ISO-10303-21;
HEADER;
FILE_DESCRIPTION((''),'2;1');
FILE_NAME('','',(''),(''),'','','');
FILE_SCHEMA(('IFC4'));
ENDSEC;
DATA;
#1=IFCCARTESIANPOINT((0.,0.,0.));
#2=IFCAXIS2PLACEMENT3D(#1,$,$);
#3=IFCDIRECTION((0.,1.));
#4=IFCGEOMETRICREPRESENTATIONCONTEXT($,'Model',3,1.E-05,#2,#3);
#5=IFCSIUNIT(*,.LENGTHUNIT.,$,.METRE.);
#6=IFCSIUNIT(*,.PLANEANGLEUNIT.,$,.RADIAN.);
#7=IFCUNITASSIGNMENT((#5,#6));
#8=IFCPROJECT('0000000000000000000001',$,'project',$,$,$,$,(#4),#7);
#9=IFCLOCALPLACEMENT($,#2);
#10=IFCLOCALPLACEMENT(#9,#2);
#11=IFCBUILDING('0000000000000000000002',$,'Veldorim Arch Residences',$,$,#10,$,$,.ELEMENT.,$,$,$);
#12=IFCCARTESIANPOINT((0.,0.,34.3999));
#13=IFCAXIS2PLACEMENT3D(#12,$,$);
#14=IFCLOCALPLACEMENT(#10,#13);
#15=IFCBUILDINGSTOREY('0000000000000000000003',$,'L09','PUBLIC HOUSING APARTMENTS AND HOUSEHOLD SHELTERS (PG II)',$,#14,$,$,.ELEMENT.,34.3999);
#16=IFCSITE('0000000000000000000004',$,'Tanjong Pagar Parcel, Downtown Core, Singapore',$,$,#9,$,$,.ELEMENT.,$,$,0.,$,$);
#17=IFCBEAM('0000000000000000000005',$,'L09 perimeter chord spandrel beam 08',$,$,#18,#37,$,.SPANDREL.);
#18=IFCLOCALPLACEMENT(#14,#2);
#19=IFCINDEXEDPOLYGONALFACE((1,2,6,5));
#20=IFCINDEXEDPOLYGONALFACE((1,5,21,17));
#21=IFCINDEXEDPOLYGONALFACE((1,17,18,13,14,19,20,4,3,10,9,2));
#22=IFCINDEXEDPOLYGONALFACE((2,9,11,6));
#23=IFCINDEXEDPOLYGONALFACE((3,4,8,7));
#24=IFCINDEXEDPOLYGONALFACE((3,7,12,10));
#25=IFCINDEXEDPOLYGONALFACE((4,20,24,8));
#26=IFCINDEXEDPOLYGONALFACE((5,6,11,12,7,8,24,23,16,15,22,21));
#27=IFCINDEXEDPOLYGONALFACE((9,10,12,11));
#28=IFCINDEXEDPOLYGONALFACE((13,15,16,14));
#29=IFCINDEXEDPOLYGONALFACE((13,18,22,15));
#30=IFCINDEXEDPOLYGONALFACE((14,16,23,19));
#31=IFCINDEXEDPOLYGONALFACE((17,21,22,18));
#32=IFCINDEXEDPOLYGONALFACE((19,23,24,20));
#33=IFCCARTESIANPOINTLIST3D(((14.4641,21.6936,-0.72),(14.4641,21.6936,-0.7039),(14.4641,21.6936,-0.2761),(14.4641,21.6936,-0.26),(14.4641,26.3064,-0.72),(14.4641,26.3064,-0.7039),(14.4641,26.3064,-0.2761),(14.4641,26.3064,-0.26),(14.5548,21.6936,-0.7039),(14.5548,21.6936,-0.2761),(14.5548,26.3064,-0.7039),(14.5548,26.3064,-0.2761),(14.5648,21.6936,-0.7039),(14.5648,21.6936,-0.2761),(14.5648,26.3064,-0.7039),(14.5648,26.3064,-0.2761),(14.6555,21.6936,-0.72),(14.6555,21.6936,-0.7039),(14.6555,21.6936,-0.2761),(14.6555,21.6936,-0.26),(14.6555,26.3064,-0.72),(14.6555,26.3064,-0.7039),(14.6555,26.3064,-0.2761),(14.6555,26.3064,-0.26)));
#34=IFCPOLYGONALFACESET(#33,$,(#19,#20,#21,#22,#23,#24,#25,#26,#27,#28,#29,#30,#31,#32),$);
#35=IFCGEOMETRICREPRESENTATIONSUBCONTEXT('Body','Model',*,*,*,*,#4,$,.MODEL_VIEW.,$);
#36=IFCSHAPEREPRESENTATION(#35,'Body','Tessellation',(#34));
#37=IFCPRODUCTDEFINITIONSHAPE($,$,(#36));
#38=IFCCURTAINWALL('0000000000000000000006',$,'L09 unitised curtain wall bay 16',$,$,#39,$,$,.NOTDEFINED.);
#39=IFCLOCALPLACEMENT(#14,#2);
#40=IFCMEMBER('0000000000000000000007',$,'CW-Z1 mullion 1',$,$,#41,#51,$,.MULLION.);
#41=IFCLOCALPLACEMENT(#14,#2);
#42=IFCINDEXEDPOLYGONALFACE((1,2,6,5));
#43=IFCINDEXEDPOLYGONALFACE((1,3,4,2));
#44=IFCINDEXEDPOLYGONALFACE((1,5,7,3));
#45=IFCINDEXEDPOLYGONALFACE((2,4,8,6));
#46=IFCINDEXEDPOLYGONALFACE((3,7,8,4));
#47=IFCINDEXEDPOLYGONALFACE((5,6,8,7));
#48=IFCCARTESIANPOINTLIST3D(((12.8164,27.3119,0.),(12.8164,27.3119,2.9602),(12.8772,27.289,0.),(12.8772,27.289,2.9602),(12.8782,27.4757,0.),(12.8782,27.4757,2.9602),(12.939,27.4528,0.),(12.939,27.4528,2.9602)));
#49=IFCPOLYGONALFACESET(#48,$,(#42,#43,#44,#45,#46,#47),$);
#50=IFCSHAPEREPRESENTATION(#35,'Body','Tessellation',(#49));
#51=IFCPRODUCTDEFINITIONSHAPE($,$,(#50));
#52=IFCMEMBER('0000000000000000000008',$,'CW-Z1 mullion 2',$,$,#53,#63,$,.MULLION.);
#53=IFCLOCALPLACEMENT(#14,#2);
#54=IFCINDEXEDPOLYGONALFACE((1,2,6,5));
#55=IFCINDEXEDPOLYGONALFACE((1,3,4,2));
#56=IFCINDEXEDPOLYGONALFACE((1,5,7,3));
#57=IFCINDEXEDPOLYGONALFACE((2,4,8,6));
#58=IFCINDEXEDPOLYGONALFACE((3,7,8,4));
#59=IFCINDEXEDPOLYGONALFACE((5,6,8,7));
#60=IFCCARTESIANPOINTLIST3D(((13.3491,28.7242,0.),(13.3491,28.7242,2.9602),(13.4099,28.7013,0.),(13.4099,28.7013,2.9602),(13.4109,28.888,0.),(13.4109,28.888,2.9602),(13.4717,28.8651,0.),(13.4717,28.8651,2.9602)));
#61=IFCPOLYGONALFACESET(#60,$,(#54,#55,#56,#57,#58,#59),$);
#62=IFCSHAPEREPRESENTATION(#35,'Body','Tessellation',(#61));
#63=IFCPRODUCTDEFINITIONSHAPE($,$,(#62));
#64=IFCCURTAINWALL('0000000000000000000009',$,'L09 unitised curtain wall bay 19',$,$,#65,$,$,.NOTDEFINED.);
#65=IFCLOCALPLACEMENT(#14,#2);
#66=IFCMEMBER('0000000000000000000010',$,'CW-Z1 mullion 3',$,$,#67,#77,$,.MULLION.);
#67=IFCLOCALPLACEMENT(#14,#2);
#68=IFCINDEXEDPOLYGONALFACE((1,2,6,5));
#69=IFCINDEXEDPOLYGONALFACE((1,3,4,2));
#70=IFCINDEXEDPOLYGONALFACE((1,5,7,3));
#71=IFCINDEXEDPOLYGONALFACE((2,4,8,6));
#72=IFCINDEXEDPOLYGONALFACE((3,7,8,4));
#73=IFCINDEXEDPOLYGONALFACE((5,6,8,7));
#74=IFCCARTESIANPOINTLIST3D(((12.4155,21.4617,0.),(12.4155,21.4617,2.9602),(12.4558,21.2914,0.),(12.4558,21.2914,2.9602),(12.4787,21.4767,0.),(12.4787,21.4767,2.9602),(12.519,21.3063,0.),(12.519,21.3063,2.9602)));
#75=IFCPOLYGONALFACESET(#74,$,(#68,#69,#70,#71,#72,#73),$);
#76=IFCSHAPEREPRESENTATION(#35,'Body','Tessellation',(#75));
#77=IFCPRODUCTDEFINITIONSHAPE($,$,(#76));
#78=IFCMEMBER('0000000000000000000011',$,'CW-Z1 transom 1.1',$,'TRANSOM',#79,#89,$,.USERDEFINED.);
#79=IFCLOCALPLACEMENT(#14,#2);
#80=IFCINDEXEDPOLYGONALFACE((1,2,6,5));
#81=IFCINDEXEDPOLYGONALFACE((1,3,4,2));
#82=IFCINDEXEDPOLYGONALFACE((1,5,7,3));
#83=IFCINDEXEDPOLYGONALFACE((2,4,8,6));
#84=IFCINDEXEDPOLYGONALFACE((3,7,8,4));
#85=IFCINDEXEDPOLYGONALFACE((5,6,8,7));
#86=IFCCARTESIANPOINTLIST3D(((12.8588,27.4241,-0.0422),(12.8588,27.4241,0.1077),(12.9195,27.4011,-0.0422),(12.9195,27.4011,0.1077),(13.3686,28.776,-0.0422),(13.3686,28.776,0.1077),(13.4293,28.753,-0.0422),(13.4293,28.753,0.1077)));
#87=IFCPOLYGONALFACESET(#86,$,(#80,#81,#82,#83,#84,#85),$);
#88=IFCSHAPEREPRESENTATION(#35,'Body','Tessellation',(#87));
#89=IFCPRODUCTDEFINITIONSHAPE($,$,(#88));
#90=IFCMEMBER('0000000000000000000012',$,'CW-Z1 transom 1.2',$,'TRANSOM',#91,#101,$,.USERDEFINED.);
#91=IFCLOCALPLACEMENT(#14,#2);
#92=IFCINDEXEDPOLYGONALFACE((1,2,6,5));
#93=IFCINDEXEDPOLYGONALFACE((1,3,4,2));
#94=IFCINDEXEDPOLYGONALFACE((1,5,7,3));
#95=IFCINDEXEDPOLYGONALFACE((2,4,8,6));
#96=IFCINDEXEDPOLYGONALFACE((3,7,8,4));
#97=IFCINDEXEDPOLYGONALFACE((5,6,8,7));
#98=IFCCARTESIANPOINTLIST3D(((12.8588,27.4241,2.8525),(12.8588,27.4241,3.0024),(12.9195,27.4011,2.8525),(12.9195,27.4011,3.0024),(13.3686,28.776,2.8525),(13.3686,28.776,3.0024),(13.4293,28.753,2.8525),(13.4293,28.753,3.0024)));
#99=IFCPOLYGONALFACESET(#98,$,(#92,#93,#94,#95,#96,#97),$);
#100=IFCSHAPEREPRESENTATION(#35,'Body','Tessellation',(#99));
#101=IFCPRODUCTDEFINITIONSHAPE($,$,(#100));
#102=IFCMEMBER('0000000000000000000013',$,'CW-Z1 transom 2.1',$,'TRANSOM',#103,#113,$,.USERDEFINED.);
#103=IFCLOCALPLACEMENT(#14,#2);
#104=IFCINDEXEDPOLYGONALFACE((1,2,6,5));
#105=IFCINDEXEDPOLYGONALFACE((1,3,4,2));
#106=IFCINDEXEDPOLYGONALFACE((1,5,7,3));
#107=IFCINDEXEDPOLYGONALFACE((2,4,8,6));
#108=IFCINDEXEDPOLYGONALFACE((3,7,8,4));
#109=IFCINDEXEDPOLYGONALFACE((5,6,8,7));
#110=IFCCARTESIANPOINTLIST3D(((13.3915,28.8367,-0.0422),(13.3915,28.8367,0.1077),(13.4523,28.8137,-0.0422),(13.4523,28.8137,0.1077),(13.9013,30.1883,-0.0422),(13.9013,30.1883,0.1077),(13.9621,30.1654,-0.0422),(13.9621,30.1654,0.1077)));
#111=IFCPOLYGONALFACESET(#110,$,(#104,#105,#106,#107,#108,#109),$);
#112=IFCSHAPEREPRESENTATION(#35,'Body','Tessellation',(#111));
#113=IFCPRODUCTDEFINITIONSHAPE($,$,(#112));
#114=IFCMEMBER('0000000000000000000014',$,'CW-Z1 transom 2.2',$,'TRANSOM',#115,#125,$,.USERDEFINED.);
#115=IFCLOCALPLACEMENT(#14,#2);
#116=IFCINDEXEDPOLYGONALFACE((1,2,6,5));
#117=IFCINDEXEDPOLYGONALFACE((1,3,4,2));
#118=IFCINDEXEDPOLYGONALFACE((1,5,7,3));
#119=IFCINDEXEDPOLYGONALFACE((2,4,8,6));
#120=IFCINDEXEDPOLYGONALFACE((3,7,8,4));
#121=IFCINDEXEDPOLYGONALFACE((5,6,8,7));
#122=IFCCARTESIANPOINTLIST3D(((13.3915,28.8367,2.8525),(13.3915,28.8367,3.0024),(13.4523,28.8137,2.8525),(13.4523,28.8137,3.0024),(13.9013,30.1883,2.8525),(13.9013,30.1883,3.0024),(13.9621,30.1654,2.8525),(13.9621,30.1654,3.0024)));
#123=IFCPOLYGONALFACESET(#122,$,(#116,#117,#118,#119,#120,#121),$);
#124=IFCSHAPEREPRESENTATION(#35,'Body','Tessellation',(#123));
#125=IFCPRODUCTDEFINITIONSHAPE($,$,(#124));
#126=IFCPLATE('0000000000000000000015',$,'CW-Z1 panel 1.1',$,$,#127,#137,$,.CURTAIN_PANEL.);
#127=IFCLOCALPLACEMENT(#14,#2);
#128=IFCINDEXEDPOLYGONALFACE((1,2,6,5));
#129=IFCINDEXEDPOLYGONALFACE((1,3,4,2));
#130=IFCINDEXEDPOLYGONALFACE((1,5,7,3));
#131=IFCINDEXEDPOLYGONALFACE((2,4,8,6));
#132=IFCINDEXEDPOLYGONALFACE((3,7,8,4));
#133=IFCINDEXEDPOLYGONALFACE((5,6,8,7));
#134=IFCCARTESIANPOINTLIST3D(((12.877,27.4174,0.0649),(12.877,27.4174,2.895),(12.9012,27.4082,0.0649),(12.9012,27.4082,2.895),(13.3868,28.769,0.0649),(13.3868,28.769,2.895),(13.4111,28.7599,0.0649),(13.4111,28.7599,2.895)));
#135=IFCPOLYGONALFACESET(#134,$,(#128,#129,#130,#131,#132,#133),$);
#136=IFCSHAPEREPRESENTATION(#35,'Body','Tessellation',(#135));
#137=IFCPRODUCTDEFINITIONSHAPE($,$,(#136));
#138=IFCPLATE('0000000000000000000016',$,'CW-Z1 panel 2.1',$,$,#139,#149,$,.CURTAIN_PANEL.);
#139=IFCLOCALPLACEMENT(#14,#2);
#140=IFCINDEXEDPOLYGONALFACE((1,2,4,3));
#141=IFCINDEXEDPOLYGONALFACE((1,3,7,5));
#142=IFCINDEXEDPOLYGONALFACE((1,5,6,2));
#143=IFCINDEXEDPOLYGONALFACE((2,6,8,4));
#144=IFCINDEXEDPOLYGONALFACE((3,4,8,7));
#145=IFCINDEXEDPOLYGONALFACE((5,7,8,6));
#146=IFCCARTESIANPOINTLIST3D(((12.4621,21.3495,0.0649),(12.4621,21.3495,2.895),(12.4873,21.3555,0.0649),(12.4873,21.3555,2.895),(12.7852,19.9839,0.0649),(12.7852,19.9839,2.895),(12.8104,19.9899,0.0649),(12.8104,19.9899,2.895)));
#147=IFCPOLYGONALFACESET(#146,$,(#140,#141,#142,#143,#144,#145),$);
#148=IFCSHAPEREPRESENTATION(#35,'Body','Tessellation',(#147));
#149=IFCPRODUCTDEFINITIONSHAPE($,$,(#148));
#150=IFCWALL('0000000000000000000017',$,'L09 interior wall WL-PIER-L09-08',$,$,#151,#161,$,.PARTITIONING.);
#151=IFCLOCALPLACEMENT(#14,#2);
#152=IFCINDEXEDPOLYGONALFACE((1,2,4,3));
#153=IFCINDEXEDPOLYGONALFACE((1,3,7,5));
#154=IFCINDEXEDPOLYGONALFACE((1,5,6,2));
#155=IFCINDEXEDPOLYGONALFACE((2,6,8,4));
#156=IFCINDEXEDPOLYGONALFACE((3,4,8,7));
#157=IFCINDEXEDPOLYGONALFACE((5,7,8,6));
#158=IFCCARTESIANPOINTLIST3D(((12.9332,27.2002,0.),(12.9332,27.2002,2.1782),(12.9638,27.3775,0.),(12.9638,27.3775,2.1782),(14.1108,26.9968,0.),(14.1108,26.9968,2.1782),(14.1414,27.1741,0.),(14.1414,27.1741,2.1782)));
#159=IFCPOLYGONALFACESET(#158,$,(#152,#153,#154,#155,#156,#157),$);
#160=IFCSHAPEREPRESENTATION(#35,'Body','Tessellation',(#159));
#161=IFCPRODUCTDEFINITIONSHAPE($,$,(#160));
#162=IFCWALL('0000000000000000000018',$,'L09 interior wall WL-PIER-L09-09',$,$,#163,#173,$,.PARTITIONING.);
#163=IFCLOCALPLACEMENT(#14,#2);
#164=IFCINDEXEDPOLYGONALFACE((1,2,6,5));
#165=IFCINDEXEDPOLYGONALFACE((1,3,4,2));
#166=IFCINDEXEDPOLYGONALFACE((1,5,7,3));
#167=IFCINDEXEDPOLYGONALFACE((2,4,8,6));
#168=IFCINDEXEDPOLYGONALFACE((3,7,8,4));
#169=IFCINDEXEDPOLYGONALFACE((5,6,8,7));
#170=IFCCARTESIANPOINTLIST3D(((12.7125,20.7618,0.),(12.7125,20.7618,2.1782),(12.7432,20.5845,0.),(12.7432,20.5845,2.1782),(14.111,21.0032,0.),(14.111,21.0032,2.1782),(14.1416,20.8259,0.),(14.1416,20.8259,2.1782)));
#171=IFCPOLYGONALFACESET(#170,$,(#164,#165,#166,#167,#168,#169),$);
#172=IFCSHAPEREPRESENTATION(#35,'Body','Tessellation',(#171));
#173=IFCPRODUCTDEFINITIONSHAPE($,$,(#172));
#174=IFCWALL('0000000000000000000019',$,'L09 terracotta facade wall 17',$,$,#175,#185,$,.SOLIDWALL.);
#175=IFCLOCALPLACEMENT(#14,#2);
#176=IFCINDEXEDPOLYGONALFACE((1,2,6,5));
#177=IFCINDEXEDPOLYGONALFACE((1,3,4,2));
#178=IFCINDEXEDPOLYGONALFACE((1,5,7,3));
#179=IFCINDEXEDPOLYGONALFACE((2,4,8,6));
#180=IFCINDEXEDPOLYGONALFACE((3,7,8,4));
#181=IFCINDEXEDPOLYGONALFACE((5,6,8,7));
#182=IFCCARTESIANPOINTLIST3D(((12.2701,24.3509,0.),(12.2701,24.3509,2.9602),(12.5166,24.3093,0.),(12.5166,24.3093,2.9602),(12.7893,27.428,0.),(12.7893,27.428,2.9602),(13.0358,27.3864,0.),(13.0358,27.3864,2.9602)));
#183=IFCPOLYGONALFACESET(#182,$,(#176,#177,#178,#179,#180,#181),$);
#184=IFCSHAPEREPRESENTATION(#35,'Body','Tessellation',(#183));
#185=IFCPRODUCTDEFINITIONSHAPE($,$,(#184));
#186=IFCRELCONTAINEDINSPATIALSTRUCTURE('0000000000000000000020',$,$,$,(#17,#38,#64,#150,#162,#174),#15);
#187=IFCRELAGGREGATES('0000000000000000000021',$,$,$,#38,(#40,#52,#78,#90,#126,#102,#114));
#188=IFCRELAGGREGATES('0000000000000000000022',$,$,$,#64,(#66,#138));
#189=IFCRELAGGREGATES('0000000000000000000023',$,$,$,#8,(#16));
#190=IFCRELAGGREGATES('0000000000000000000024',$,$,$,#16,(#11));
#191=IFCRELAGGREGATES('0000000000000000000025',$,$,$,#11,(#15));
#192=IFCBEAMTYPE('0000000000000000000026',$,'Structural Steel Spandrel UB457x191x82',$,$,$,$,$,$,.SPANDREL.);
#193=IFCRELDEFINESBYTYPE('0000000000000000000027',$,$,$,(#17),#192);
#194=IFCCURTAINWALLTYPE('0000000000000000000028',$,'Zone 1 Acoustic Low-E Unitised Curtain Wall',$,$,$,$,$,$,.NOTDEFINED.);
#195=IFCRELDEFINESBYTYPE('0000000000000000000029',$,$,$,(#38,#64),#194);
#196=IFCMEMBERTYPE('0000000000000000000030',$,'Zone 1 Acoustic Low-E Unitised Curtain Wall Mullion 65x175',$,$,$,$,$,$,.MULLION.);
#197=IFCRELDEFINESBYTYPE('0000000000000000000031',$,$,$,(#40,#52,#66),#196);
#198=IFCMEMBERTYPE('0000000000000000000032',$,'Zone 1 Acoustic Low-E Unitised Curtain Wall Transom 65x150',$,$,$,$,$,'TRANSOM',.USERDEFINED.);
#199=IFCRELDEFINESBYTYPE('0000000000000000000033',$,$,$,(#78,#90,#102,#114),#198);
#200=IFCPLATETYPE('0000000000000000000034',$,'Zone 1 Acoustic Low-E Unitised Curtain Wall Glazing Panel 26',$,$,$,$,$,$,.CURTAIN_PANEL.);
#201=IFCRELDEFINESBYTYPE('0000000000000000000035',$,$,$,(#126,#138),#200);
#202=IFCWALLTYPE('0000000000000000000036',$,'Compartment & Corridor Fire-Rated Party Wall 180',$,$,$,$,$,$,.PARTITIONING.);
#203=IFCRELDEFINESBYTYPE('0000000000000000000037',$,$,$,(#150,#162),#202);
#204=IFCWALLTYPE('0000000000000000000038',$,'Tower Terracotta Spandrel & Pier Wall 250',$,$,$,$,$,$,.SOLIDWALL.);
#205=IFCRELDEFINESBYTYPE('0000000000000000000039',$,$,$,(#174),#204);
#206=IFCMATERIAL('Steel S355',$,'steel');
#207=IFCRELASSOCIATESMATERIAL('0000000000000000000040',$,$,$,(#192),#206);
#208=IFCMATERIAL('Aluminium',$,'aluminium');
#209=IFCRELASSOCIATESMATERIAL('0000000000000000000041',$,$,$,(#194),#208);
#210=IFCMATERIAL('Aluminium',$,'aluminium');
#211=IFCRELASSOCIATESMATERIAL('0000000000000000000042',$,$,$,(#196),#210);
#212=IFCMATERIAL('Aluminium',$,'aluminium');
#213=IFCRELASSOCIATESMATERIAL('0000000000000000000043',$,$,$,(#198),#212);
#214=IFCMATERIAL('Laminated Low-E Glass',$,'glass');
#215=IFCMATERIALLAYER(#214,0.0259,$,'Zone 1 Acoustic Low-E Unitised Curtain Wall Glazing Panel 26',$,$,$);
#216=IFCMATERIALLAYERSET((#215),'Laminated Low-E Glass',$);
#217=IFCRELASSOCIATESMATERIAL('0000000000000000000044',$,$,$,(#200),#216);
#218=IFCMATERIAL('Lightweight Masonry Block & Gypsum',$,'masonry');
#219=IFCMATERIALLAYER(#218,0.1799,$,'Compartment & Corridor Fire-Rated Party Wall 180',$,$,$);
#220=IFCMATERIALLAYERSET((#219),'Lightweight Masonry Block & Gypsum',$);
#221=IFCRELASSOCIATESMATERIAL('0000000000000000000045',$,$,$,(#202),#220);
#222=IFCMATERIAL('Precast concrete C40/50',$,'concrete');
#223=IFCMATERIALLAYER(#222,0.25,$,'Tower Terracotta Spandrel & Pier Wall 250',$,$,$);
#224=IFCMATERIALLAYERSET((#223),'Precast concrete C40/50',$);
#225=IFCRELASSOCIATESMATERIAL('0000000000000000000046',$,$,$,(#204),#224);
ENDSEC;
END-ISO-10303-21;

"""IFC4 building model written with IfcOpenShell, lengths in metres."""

from ifc_helpers import new_model, si_unit, direction, frame, frame_2d, origin, origin_2d, place, context, subcontext, project, spatial, rectangle, i_section, extrude, material, layer, layer_set, material_profile, profile_set, type_object, element, aggregate, save


model = new_model("IFC4")

# Units and contexts
model_context = context("Model", 3, precision=1e-05, world=origin(), true_north=direction((0.0, 1.0)))
body_context = subcontext(model_context, "Body", "Model", "MODEL_VIEW")
ifc_project = project(units=[si_unit("LENGTHUNIT", "METRE"), si_unit("PLANEANGLEUNIT", "RADIAN")], contexts=[model_context])

# Site, building, storey
site_placement = place(None, origin())
site = spatial("IfcSite", under=ifc_project, at=site_placement, Name="Tanjong Pagar Parcel, Downtown Core, Singapore", CompositionType="ELEMENT", RefElevation=0.0)
building_placement = place(site_placement, origin())
building = spatial("IfcBuilding", under=site, at=building_placement, Name="Veldorim Arch Residences", CompositionType="ELEMENT")
storey_placement = place(building_placement, frame((0.0, 0.0, 34.3999)))
storey = spatial("IfcBuildingStorey", under=building, at=storey_placement, Name="L09", Description="PUBLIC HOUSING APARTMENTS AND HOUSEHOLD SHELTERS (PG II)", CompositionType="ELEMENT", Elevation=34.3999)

# Beam
ifc_material_1 = material(Name="Steel S355", Category="steel")
ifc_material_profile_1 = material_profile(ifc_material_1, i_section(OverallWidth=0.1914, OverallDepth=0.46, WebThickness=0.01, FlangeThickness=0.0161, at=origin_2d()), Name="UB457x191x82")
ifc_profile_set_1 = profile_set([ifc_material_profile_1], Name="Steel S355")
beam_type_1 = type_object("IfcBeamType", Name="Structural Steel Spandrel UB457x191x82", PredefinedType="SPANDREL", material=ifc_profile_set_1)
beam_1_placement = place(storey_placement, frame((14.5598, 26.3064, -0.49), z_axis=(0.0, -1.0, 0.0), x_axis=(1.0, 0.0, 0.0)))
element("IfcBeam", 1, at=beam_1_placement, inside=storey, type_object=beam_type_1, Name="L09 perimeter chord spandrel beam 08", PredefinedType="SPANDREL", context=body_context, shape_type="SweptSolid", body=[
    extrude(i_section(OverallWidth=0.1914, OverallDepth=0.46, WebThickness=0.01, FlangeThickness=0.0161, at=origin_2d()), origin(), (0.0, 0.0, 1.0), 4.6128),
])

# Curtain wall, members
ifc_material_2 = material(Name="Aluminium", Category="aluminium")
curtain_wall_type = type_object("IfcCurtainWallType", Name="Zone 1 Acoustic Low-E Unitised Curtain Wall", PredefinedType="NOTDEFINED", material=ifc_material_2)
curtain_wall_1_placement = place(storey_placement, origin())
curtain_wall_1 = element("IfcCurtainWall", 2, at=curtain_wall_1_placement, inside=storey, type_object=curtain_wall_type, Name="L09 unitised curtain wall bay 16", PredefinedType="NOTDEFINED")
ifc_material_3 = material(Name="Aluminium", Category="aluminium")
ifc_material_profile_2 = material_profile(ifc_material_3, rectangle(XDim=0.0649, YDim=0.175, at=origin_2d()), Name="ALU_MUL_65x175")
ifc_profile_set_2 = profile_set([ifc_material_profile_2], Name="Aluminium")
member_type_1 = type_object("IfcMemberType", Name="Zone 1 Acoustic Low-E Unitised Curtain Wall Mullion 65x175", PredefinedType="MULLION", material=ifc_profile_set_2)
member_1_placement = place(storey_placement, frame((12.8777, 27.3823, 0.0), z_axis=(0.0, 0.0, 1.0), x_axis=(-0.935656, 0.352914, 0.0)))
member_1 = element("IfcMember", 3, at=member_1_placement, type_object=member_type_1, Name="CW-Z1 mullion 1", PredefinedType="MULLION", context=body_context, shape_type="SweptSolid", body=[
    extrude(rectangle(XDim=0.0649, YDim=0.175, at=origin_2d()), origin(), (0.0, 0.0, 1.0), 2.9602),
])
member_2_placement = place(storey_placement, frame((13.4104, 28.7947, 0.0), z_axis=(0.0, 0.0, 1.0), x_axis=(-0.935656, 0.352914, 0.0)))
member_2 = element("IfcMember", 4, at=member_2_placement, type_object=member_type_1, Name="CW-Z1 mullion 2", PredefinedType="MULLION", context=body_context, shape_type="SweptSolid", body=[
    extrude(rectangle(XDim=0.0649, YDim=0.175, at=origin_2d()), origin(), (0.0, 0.0, 1.0), 2.9602),
])

# Curtain wall, member
curtain_wall_2_placement = place(storey_placement, origin())
curtain_wall_2 = element("IfcCurtainWall", 5, at=curtain_wall_2_placement, inside=storey, type_object=curtain_wall_type, Name="L09 unitised curtain wall bay 19", PredefinedType="NOTDEFINED")
member_3_placement = place(storey_placement, frame((12.4673, 21.384, 0.0), z_axis=(0.0, 0.0, 1.0), x_axis=(-0.97313, -0.230257, 0.0)))
member_3 = element("IfcMember", 6, at=member_3_placement, type_object=member_type_1, Name="CW-Z1 mullion 3", PredefinedType="MULLION", context=body_context, shape_type="SweptSolid", body=[
    extrude(rectangle(XDim=0.0649, YDim=0.175, at=origin_2d()), origin(), (0.0, 0.0, 1.0), 2.9602),
])

# Members
ifc_material_4 = material(Name="Aluminium", Category="aluminium")
ifc_material_profile_3 = material_profile(ifc_material_4, rectangle(XDim=0.0649, YDim=0.1499, at=origin_2d()), Name="ALU_TRN_65x150")
ifc_profile_set_3 = profile_set([ifc_material_profile_3], Name="Aluminium")
member_type_2 = type_object("IfcMemberType", Name="Zone 1 Acoustic Low-E Unitised Curtain Wall Transom 65x150", ElementType="TRANSOM", PredefinedType="USERDEFINED", material=ifc_profile_set_3)
member_4_placement = place(storey_placement, frame((12.8892, 27.4126, 0.0327), z_axis=(0.352845, 0.935682, 0.0), x_axis=(-0.935682, 0.352845, 0.0)))
member_4 = element("IfcMember", 7, at=member_4_placement, type_object=member_type_2, Name="CW-Z1 transom 1.1", ObjectType="TRANSOM", PredefinedType="USERDEFINED", context=body_context, shape_type="SweptSolid", body=[
    extrude(rectangle(XDim=0.0649, YDim=0.1499, at=origin_2d()), origin(), (0.0, 0.0, 1.0), 1.4448),
])
member_5_placement = place(storey_placement, frame((12.8892, 27.4126, 2.9275), z_axis=(0.352845, 0.935682, 0.0), x_axis=(-0.935682, 0.352845, 0.0)))
member_5 = element("IfcMember", 8, at=member_5_placement, type_object=member_type_2, Name="CW-Z1 transom 1.2", ObjectType="TRANSOM", PredefinedType="USERDEFINED", context=body_context, shape_type="SweptSolid", body=[
    extrude(rectangle(XDim=0.0649, YDim=0.1499, at=origin_2d()), origin(), (0.0, 0.0, 1.0), 1.4448),
])
member_6_placement = place(storey_placement, frame((13.4219, 28.8252, 0.0327), z_axis=(0.352901, 0.935661, 0.0), x_axis=(-0.935661, 0.352901, 0.0)))
member_6 = element("IfcMember", 9, at=member_6_placement, type_object=member_type_2, Name="CW-Z1 transom 2.1", ObjectType="TRANSOM", PredefinedType="USERDEFINED", context=body_context, shape_type="SweptSolid", body=[
    extrude(rectangle(XDim=0.0649, YDim=0.1499, at=origin_2d()), origin(), (0.0, 0.0, 1.0), 1.4446),
])
member_7_placement = place(storey_placement, frame((13.4219, 28.8252, 2.9275), z_axis=(0.352901, 0.935661, 0.0), x_axis=(-0.935661, 0.352901, 0.0)))
member_7 = element("IfcMember", 10, at=member_7_placement, type_object=member_type_2, Name="CW-Z1 transom 2.2", ObjectType="TRANSOM", PredefinedType="USERDEFINED", context=body_context, shape_type="SweptSolid", body=[
    extrude(rectangle(XDim=0.0649, YDim=0.1499, at=origin_2d()), origin(), (0.0, 0.0, 1.0), 1.4446),
])

# Plates
ifc_material_5 = material(Name="Laminated Low-E Glass", Category="glass")
ifc_layer_1 = layer(ifc_material_5, 0.0259, Name="Zone 1 Acoustic Low-E Unitised Curtain Wall Glazing Panel 26")
ifc_layer_set_1 = layer_set([ifc_layer_1], Name="Laminated Low-E Glass")
plate_type = type_object("IfcPlateType", Name="Zone 1 Acoustic Low-E Unitised Curtain Wall Glazing Panel 26", PredefinedType="CURTAIN_PANEL", material=ifc_layer_set_1)
plate_1_placement = place(storey_placement, frame((13.144, 28.0886, 0.0649), z_axis=(0.0, 0.0, 1.0), x_axis=(0.352914, 0.935656, 0.0)))
plate_1 = element("IfcPlate", 11, at=plate_1_placement, type_object=plate_type, Name="CW-Z1 panel 1.1", PredefinedType="CURTAIN_PANEL", context=body_context, shape_type="SweptSolid", body=[
    extrude(rectangle(XDim=1.4446, YDim=0.0259, at=origin_2d()), origin(), (0.0, 0.0, 1.0), 2.8301),
])
aggregate(curtain_wall_1, [member_1, member_2, member_4, member_5, plate_1, member_6, member_7])
plate_2_placement = place(storey_placement, frame((12.6362, 20.6697, 0.0649), z_axis=(0.0, 0.0, 1.0), x_axis=(-0.230257, 0.97313, 0.0)))
plate_2 = element("IfcPlate", 12, at=plate_2_placement, type_object=plate_type, Name="CW-Z1 panel 2.1", PredefinedType="CURTAIN_PANEL", context=body_context, shape_type="SweptSolid", body=[
    extrude(rectangle(XDim=1.4033, YDim=0.0259, at=origin_2d()), origin(), (0.0, 0.0, 1.0), 2.8301),
])
aggregate(curtain_wall_2, [member_3, plate_2])

# Walls
ifc_material_6 = material(Name="Lightweight Masonry Block & Gypsum", Category="masonry")
ifc_layer_2 = layer(ifc_material_6, 0.1799, Name="Compartment & Corridor Fire-Rated Party Wall 180")
ifc_layer_set_2 = layer_set([ifc_layer_2], Name="Lightweight Masonry Block & Gypsum")
wall_type_1 = type_object("IfcWallType", Name="Compartment & Corridor Fire-Rated Party Wall 180", PredefinedType="PARTITIONING", material=ifc_layer_set_2)
wall_1_placement = place(storey_placement, frame((14.1262, 27.0854, 0.0), z_axis=(0.0, 0.0, 1.0), x_axis=(-0.985416, 0.17016, 0.0)))
element("IfcWall", 13, at=wall_1_placement, inside=storey, type_object=wall_type_1, Name="L09 interior wall WL-PIER-L09-08", PredefinedType="PARTITIONING", context=body_context, shape_type="SweptSolid", body=[
    extrude(rectangle(XDim=1.1951, YDim=0.1799, at=frame_2d((0.5977, 0.0))), origin(), (0.0, 0.0, 1.0), 2.1782),
])
wall_2_placement = place(storey_placement, frame((14.1262, 20.9146, 0.0), z_axis=(0.0, 0.0, 1.0), x_axis=(-0.985419, -0.170143, 0.0)))
element("IfcWall", 14, at=wall_2_placement, inside=storey, type_object=wall_type_1, Name="L09 interior wall WL-PIER-L09-09", PredefinedType="PARTITIONING", context=body_context, shape_type="SweptSolid", body=[
    extrude(rectangle(XDim=1.4192, YDim=0.1799, at=frame_2d((0.7095, 0.0))), origin(), (0.0, 0.0, 1.0), 2.1782),
])
ifc_material_7 = material(Name="Precast concrete C40/50", Category="concrete")
ifc_layer_3 = layer(ifc_material_7, 0.25, Name="Tower Terracotta Spandrel & Pier Wall 250")
ifc_layer_set_3 = layer_set([ifc_layer_3], Name="Precast concrete C40/50")
wall_type_2 = type_object("IfcWallType", Name="Tower Terracotta Spandrel & Pier Wall 250", PredefinedType="SOLIDWALL", material=ifc_layer_set_3)
wall_3_placement = place(storey_placement, frame((12.3933, 24.3301, 0.0), z_axis=(0.0, 0.0, 1.0), x_axis=(0.166403, 0.986058, 0.0)))
element("IfcWall", 15, at=wall_3_placement, inside=storey, type_object=wall_type_2, Name="L09 terracotta facade wall 17", PredefinedType="SOLIDWALL", context=body_context, shape_type="SweptSolid", body=[
    extrude(rectangle(XDim=3.1206, YDim=0.25, at=frame_2d((1.5603, 0.0))), origin(), (0.0, 0.0, 1.0), 2.9602),
])

save(model, "model.ifc")
